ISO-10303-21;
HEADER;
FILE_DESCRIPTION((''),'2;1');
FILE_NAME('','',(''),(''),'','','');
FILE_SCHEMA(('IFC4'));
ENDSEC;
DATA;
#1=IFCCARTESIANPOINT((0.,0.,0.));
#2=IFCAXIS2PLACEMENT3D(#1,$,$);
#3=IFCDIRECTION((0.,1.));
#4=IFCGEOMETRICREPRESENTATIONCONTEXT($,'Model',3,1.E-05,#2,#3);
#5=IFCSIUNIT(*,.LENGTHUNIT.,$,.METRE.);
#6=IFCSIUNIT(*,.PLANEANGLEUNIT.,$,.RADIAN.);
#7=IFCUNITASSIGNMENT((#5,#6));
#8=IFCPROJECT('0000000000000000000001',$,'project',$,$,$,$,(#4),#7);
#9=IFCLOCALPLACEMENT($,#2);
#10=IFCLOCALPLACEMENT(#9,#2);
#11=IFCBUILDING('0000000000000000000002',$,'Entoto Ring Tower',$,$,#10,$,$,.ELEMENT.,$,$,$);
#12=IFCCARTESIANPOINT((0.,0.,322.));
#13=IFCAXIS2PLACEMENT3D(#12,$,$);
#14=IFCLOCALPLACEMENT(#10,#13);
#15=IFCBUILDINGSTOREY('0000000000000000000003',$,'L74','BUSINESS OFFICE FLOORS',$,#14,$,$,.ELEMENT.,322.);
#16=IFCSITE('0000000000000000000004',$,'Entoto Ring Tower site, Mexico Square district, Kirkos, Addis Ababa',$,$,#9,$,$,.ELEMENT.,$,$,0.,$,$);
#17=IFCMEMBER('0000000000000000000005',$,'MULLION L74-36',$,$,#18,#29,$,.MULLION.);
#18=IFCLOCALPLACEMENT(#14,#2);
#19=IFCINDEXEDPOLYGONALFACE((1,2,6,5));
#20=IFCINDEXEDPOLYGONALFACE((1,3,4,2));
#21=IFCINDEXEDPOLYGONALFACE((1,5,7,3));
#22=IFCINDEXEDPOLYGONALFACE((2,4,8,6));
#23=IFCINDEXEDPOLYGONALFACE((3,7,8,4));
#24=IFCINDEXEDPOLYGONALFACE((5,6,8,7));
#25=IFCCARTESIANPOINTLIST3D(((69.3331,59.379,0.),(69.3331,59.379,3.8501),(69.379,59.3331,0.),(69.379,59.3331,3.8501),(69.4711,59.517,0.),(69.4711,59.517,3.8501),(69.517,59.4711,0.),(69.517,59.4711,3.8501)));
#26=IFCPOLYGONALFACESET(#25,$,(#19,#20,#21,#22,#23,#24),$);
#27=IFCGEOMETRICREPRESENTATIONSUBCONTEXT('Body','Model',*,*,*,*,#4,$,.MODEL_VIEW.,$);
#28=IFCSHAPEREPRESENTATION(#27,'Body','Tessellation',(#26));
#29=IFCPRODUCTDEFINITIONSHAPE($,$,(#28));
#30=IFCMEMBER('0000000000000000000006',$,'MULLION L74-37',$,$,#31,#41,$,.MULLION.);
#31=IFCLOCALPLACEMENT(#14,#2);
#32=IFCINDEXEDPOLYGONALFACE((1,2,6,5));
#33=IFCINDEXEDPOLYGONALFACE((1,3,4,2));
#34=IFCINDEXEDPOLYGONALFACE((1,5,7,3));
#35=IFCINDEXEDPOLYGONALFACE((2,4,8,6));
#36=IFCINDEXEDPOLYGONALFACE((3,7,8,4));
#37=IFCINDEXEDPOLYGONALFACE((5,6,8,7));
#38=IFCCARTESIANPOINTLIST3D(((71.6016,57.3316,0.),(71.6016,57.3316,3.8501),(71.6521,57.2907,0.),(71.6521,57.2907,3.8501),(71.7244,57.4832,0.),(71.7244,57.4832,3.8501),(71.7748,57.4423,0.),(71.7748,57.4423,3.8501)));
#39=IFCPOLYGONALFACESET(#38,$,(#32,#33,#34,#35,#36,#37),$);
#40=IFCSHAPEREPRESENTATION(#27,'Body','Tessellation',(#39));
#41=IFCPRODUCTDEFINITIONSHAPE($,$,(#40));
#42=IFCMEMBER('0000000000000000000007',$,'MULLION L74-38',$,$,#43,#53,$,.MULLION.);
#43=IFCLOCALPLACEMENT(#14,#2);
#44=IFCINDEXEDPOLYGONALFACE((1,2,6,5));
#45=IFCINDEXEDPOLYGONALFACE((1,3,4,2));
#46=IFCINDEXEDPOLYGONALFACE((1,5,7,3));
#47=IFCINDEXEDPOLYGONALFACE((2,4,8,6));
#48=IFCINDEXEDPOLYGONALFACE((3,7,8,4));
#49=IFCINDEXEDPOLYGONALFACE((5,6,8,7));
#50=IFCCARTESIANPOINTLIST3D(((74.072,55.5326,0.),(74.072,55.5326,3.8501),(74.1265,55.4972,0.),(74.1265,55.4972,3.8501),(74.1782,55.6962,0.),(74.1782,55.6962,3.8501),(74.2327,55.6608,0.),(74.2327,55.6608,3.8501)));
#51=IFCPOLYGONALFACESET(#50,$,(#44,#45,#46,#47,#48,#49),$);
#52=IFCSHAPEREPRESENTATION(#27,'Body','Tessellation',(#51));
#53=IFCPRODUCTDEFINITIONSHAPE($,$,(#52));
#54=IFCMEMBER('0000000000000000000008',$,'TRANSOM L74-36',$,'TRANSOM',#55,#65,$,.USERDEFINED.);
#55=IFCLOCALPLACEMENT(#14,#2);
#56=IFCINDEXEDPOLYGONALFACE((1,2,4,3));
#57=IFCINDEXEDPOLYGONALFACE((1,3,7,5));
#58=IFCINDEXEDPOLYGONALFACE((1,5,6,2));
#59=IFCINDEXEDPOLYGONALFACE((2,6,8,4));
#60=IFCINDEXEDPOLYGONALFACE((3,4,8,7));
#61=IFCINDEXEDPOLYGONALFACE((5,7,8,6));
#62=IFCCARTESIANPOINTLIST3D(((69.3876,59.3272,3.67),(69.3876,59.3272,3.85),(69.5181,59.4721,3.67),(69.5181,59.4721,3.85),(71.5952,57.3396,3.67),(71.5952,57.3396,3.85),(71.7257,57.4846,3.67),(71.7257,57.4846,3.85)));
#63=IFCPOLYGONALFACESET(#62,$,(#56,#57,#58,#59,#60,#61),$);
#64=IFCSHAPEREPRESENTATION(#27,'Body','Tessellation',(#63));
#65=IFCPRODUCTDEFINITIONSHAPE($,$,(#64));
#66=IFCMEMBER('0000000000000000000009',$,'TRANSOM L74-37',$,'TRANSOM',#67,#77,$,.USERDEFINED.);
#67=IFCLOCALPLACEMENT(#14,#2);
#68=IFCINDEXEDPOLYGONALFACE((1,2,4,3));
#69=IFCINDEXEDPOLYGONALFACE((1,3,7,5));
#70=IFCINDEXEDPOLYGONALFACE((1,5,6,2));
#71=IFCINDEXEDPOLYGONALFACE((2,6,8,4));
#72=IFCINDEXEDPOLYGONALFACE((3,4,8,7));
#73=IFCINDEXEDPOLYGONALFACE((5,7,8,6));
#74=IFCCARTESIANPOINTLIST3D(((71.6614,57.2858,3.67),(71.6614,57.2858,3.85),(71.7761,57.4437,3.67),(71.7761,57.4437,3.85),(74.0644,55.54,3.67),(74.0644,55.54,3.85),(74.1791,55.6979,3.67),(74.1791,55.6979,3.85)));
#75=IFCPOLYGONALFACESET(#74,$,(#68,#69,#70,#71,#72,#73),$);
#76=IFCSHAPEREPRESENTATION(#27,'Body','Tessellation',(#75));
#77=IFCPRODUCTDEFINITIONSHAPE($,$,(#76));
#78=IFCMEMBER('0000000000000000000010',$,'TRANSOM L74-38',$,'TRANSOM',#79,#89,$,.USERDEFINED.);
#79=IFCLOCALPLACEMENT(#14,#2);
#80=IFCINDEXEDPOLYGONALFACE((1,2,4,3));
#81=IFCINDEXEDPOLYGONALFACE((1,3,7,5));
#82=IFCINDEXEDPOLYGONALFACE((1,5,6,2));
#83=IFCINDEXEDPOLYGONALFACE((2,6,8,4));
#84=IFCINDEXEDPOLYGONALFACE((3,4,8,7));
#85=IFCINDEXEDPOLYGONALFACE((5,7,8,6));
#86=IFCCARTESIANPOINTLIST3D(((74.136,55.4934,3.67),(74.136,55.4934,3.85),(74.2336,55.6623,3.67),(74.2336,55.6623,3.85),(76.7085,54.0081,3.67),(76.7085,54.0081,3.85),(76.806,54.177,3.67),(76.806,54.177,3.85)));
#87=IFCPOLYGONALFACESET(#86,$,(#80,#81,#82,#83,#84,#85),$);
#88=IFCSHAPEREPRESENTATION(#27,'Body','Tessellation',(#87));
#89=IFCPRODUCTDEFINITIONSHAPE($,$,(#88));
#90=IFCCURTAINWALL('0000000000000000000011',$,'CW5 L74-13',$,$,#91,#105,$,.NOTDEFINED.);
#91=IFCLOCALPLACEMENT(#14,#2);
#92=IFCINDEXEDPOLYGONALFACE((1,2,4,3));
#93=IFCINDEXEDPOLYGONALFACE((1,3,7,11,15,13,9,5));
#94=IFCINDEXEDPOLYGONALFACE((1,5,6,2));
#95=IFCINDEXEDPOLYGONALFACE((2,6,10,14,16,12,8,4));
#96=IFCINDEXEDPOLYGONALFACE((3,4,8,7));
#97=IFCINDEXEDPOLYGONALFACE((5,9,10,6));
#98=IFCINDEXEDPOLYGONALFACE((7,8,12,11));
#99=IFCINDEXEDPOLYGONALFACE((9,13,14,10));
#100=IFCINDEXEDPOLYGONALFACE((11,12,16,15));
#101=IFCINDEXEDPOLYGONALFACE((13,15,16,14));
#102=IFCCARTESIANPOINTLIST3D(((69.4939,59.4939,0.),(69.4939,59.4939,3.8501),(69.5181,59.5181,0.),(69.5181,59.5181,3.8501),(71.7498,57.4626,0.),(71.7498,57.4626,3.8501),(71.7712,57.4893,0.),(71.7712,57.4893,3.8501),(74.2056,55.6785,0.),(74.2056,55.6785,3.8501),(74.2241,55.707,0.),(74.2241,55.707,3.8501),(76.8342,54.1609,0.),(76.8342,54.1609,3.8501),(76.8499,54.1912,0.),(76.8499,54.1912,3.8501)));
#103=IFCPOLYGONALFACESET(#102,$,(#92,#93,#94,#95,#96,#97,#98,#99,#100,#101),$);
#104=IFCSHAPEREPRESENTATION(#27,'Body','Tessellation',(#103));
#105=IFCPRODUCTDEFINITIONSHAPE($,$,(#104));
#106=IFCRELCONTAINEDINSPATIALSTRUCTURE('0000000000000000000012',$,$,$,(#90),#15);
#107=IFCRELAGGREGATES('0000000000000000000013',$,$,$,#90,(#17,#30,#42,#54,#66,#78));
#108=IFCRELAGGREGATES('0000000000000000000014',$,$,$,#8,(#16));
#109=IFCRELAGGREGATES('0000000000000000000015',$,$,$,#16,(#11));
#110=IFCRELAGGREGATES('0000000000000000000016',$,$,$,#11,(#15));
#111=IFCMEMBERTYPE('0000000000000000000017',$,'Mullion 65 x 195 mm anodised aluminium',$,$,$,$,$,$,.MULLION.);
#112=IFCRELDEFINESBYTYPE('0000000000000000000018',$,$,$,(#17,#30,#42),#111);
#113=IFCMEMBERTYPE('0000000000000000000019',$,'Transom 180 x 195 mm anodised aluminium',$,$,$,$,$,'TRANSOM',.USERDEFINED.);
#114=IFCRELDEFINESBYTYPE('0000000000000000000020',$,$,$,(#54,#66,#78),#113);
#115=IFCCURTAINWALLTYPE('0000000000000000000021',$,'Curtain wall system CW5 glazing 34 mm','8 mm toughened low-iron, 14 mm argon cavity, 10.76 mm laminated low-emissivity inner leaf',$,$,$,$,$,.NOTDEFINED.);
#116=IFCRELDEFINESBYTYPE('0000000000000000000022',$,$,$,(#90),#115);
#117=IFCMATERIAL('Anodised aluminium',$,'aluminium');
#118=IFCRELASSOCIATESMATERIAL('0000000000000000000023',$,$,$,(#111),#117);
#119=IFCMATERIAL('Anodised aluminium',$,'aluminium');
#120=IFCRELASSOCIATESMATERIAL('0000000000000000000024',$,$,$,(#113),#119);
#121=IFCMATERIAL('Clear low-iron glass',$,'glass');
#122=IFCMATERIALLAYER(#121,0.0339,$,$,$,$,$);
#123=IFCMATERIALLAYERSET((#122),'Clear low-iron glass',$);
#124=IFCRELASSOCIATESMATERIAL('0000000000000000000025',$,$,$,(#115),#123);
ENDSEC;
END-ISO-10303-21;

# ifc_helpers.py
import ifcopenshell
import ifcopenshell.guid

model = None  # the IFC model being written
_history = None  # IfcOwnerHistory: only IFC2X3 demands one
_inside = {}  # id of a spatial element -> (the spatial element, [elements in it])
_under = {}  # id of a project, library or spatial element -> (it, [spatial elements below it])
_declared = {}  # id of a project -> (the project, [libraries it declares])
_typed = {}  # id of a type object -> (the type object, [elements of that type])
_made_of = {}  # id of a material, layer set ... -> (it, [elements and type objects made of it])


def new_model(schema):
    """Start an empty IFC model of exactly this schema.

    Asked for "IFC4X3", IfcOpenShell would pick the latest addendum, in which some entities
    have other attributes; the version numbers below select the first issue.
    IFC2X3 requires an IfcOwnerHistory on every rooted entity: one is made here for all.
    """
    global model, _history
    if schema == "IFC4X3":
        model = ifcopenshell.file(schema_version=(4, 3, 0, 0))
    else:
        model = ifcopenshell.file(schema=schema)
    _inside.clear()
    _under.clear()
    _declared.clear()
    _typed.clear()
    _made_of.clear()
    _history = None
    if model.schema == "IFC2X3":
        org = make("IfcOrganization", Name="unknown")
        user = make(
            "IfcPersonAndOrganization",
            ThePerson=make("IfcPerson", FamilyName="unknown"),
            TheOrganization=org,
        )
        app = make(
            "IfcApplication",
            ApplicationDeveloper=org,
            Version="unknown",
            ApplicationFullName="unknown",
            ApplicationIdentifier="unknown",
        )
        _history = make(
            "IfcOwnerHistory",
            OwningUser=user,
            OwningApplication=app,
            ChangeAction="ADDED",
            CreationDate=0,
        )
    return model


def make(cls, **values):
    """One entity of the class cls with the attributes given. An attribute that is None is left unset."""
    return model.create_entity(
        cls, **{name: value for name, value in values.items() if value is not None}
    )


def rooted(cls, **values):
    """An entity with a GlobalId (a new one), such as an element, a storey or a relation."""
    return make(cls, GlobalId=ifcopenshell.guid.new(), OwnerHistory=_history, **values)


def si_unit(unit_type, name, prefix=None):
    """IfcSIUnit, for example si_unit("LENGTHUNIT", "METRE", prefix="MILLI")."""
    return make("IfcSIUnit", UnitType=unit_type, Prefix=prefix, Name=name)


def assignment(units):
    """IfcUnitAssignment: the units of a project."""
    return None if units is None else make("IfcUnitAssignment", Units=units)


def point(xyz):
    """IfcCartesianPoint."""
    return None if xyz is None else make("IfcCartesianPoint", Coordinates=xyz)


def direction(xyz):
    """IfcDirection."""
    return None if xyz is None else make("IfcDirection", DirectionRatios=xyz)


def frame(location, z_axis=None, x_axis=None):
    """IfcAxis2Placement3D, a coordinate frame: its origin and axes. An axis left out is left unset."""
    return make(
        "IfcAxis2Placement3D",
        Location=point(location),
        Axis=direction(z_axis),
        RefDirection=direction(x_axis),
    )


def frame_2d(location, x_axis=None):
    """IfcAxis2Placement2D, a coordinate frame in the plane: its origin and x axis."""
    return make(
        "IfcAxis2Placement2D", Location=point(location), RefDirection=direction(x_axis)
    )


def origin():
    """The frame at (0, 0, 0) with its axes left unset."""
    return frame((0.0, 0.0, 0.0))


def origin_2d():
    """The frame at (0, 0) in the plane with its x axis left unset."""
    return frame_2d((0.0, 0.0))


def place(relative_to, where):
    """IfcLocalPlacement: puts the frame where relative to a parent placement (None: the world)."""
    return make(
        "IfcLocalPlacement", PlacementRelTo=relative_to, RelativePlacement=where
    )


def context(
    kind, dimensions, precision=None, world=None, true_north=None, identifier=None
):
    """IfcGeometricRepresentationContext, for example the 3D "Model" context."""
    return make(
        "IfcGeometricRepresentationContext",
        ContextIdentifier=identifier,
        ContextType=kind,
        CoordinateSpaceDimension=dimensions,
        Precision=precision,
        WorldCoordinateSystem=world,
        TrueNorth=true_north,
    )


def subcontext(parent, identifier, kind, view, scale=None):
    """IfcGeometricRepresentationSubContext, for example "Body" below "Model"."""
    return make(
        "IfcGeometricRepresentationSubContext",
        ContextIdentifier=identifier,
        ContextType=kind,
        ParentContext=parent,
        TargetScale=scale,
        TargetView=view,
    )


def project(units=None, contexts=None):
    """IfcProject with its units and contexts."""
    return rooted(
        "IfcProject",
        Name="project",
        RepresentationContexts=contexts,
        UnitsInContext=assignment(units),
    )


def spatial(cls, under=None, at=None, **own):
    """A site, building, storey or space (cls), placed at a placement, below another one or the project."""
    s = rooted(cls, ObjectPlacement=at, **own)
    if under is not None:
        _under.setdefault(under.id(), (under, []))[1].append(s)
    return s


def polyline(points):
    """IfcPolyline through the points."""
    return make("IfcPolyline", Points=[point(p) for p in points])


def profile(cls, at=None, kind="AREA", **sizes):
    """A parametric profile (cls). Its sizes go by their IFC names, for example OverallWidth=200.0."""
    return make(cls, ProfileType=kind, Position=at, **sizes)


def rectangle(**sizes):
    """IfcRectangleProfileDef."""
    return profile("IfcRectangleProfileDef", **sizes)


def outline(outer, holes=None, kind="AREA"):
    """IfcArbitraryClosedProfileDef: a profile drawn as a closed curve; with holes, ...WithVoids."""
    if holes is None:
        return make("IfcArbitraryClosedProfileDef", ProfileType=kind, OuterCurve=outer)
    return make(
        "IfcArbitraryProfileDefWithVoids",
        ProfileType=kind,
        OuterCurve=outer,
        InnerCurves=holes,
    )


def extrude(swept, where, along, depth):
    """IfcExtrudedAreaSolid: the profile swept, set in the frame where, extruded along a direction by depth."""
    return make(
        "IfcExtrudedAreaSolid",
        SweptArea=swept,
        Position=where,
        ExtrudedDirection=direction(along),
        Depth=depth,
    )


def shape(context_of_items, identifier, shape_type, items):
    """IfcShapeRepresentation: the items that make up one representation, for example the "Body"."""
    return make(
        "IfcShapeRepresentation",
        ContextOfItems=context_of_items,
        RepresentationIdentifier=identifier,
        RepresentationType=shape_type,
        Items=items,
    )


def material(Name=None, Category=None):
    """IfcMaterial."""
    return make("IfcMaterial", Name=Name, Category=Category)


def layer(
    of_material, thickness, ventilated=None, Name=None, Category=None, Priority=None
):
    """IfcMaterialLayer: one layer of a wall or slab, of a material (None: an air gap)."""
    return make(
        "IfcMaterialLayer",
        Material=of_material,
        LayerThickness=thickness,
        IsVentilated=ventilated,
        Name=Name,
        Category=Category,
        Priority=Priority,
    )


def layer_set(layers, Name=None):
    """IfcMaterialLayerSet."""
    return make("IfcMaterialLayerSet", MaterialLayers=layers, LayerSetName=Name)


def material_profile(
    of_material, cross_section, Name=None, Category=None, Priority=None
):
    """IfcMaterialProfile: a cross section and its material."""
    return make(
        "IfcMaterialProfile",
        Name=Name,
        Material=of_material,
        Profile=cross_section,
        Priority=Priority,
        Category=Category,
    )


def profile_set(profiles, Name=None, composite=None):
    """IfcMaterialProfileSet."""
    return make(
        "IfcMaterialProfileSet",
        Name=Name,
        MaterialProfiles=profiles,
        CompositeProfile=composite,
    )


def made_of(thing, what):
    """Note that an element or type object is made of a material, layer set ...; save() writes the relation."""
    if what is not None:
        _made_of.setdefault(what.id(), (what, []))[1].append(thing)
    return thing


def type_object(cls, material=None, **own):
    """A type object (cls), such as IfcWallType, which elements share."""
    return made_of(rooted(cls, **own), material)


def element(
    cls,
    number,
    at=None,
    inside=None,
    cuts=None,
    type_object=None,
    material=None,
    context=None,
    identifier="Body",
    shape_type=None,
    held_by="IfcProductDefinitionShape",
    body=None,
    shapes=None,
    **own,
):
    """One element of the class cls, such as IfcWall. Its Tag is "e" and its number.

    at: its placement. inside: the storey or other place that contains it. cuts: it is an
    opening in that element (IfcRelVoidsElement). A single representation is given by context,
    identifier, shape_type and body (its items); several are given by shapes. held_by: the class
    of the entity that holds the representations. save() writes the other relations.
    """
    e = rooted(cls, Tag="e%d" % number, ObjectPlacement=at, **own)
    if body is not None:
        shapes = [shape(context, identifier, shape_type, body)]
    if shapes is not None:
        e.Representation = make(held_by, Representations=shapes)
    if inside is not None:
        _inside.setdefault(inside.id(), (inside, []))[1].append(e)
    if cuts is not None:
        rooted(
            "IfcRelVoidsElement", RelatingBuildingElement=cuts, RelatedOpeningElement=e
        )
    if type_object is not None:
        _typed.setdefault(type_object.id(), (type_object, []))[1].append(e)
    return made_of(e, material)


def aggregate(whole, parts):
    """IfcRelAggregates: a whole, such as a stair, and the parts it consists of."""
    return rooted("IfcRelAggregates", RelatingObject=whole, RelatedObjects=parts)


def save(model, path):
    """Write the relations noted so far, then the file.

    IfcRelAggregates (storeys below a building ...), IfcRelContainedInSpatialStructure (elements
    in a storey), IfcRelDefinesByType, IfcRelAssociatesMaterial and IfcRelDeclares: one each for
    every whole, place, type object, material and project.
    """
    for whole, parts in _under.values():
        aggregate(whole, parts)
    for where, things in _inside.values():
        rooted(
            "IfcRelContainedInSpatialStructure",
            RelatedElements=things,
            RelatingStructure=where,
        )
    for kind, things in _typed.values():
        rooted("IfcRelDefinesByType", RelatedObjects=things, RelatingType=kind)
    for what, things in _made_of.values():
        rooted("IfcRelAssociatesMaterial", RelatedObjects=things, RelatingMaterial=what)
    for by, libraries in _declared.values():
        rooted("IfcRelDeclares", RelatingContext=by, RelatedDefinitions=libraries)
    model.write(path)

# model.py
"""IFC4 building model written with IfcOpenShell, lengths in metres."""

from ifc_helpers import new_model, si_unit, direction, frame, origin, origin_2d, place, context, subcontext, project, spatial, polyline, rectangle, outline, extrude, material, layer, layer_set, material_profile, profile_set, type_object, element, aggregate, save


model = new_model("IFC4")

# Units and contexts
model_context = context("Model", 3, precision=1e-05, world=origin(), true_north=direction((0.0, 1.0)))
body_context = subcontext(model_context, "Body", "Model", "MODEL_VIEW")
ifc_project = project(units=[si_unit("LENGTHUNIT", "METRE"), si_unit("PLANEANGLEUNIT", "RADIAN")], contexts=[model_context])

# Members
ifc_material_1 = material(Name="Anodised aluminium", Category="aluminium")
ifc_material_profile_1 = material_profile(ifc_material_1, rectangle(XDim=0.0649, YDim=0.1951, at=origin_2d()), Name="Mullion 65 x 195 mm anodised aluminium")
ifc_profile_set_1 = profile_set([ifc_material_profile_1], Name="Anodised aluminium")
member_type_1 = type_object("IfcMemberType", Name="Mullion 65 x 195 mm anodised aluminium", PredefinedType="MULLION", material=ifc_profile_set_1)
site_placement = place(None, origin())
building_placement = place(site_placement, origin())
storey_placement = place(building_placement, frame((0.0, 0.0, 322.0)))
member_1_placement = place(storey_placement, frame((69.425, 59.425, 0.0), z_axis=(0.0, 0.0, 1.0), x_axis=(0.707107, -0.707107, 0.0)))
member_1 = element("IfcMember", 1, at=member_1_placement, type_object=member_type_1, Name="MULLION L74-36", PredefinedType="MULLION", context=body_context, shape_type="SweptSolid", body=[
    extrude(rectangle(XDim=0.0649, YDim=0.1951, at=origin_2d()), origin(), (0.0, 0.0, 1.0), 3.8501),
])
member_2_placement = place(storey_placement, frame((71.6882, 57.387, 0.0), z_axis=(0.0, 0.0, 1.0), x_axis=(0.777146, -0.62932, 0.0)))
member_2 = element("IfcMember", 2, at=member_2_placement, type_object=member_type_1, Name="MULLION L74-37", PredefinedType="MULLION", context=body_context, shape_type="SweptSolid", body=[
    extrude(rectangle(XDim=0.0649, YDim=0.1951, at=origin_2d()), origin(), (0.0, 0.0, 1.0), 3.8501),
])
member_3_placement = place(storey_placement, frame((74.1523, 55.5967, 0.0), z_axis=(0.0, 0.0, 1.0), x_axis=(0.838671, -0.544639, 0.0)))
member_3 = element("IfcMember", 3, at=member_3_placement, type_object=member_type_1, Name="MULLION L74-38", PredefinedType="MULLION", context=body_context, shape_type="SweptSolid", body=[
    extrude(rectangle(XDim=0.0649, YDim=0.1951, at=origin_2d()), origin(), (0.0, 0.0, 1.0), 3.8501),
])
ifc_material_2 = material(Name="Anodised aluminium", Category="aluminium")
ifc_material_profile_2 = material_profile(ifc_material_2, rectangle(XDim=0.1951, YDim=0.1799, at=origin_2d()), Name="Transom 180 x 195 mm anodised aluminium")
ifc_profile_set_2 = profile_set([ifc_material_profile_2], Name="Anodised aluminium")
member_type_2 = type_object("IfcMemberType", Name="Transom 180 x 195 mm anodised aluminium", ElementType="TRANSOM", PredefinedType="USERDEFINED", material=ifc_profile_set_2)
member_4_placement = place(storey_placement, frame((69.4529, 59.3997, 3.76), z_axis=(0.743163, -0.66911, 0.0), x_axis=(0.66911, 0.743163, 0.0)))
member_4 = element("IfcMember", 4, at=member_4_placement, type_object=member_type_2, Name="TRANSOM L74-36", ObjectType="TRANSOM", PredefinedType="USERDEFINED", context=body_context, shape_type="SweptSolid", body=[
    extrude(rectangle(XDim=0.1951, YDim=0.1799, at=origin_2d()), origin(), (0.0, 0.0, 1.0), 2.9705),
])
member_5_placement = place(storey_placement, frame((71.7188, 57.3647, 3.76), z_axis=(0.809031, -0.587766, 0.0), x_axis=(0.587766, 0.809031, 0.0)))
member_5 = element("IfcMember", 5, at=member_5_placement, type_object=member_type_2, Name="TRANSOM L74-37", ObjectType="TRANSOM", PredefinedType="USERDEFINED", context=body_context, shape_type="SweptSolid", body=[
    extrude(rectangle(XDim=0.1951, YDim=0.1799, at=origin_2d()), origin(), (0.0, 0.0, 1.0), 2.9702),
])
member_6_placement = place(storey_placement, frame((74.1848, 55.5779, 3.76), z_axis=(0.866009, -0.500028, 0.0), x_axis=(0.500028, 0.866009, 0.0)))
member_6 = element("IfcMember", 6, at=member_6_placement, type_object=member_type_2, Name="TRANSOM L74-38", ObjectType="TRANSOM", PredefinedType="USERDEFINED", context=body_context, shape_type="SweptSolid", body=[
    extrude(rectangle(XDim=0.1951, YDim=0.1799, at=origin_2d()), origin(), (0.0, 0.0, 1.0), 2.9705),
])

# Site, building, storey
site = spatial("IfcSite", under=ifc_project, at=site_placement, Name="Entoto Ring Tower site, Mexico Square district, Kirkos, Addis Ababa", CompositionType="ELEMENT", RefElevation=0.0)
building = spatial("IfcBuilding", under=site, at=building_placement, Name="Entoto Ring Tower", CompositionType="ELEMENT")
storey = spatial("IfcBuildingStorey", under=building, at=storey_placement, Name="L74", Description="BUSINESS OFFICE FLOORS", CompositionType="ELEMENT", Elevation=322.0)

# Curtain wall
ifc_material_3 = material(Name="Clear low-iron glass", Category="glass")
ifc_layer = layer(ifc_material_3, 0.0339)
ifc_layer_set = layer_set([ifc_layer], Name="Clear low-iron glass")
curtain_wall_type = type_object("IfcCurtainWallType", Name="Curtain wall system CW5 glazing 34 mm", Description="8 mm toughened low-iron, 14 mm argon cavity, 10.76 mm laminated low-emissivity inner leaf", PredefinedType="NOTDEFINED", material=ifc_layer_set)
curtain_wall_1_placement = place(storey_placement, origin())
curtain_wall_1 = element("IfcCurtainWall", 7, at=curtain_wall_1_placement, inside=storey, type_object=curtain_wall_type, Name="CW5 L74-13", PredefinedType="NOTDEFINED", context=body_context, shape_type="SweptSolid", body=[
    extrude(outline(polyline([(69.4939, 59.4939), (71.7498, 57.4626), (74.2056, 55.6785), (76.8342, 54.1609), (76.8499, 54.1912), (74.2241, 55.707), (71.7712, 57.4893), (69.5181, 59.5181), (69.4939, 59.4939)])), origin(), (0.0, 0.0, 1.0), 3.8501),
])
aggregate(curtain_wall_1, [member_1, member_2, member_3, member_4, member_5, member_6])

save(model, "model.ifc")
